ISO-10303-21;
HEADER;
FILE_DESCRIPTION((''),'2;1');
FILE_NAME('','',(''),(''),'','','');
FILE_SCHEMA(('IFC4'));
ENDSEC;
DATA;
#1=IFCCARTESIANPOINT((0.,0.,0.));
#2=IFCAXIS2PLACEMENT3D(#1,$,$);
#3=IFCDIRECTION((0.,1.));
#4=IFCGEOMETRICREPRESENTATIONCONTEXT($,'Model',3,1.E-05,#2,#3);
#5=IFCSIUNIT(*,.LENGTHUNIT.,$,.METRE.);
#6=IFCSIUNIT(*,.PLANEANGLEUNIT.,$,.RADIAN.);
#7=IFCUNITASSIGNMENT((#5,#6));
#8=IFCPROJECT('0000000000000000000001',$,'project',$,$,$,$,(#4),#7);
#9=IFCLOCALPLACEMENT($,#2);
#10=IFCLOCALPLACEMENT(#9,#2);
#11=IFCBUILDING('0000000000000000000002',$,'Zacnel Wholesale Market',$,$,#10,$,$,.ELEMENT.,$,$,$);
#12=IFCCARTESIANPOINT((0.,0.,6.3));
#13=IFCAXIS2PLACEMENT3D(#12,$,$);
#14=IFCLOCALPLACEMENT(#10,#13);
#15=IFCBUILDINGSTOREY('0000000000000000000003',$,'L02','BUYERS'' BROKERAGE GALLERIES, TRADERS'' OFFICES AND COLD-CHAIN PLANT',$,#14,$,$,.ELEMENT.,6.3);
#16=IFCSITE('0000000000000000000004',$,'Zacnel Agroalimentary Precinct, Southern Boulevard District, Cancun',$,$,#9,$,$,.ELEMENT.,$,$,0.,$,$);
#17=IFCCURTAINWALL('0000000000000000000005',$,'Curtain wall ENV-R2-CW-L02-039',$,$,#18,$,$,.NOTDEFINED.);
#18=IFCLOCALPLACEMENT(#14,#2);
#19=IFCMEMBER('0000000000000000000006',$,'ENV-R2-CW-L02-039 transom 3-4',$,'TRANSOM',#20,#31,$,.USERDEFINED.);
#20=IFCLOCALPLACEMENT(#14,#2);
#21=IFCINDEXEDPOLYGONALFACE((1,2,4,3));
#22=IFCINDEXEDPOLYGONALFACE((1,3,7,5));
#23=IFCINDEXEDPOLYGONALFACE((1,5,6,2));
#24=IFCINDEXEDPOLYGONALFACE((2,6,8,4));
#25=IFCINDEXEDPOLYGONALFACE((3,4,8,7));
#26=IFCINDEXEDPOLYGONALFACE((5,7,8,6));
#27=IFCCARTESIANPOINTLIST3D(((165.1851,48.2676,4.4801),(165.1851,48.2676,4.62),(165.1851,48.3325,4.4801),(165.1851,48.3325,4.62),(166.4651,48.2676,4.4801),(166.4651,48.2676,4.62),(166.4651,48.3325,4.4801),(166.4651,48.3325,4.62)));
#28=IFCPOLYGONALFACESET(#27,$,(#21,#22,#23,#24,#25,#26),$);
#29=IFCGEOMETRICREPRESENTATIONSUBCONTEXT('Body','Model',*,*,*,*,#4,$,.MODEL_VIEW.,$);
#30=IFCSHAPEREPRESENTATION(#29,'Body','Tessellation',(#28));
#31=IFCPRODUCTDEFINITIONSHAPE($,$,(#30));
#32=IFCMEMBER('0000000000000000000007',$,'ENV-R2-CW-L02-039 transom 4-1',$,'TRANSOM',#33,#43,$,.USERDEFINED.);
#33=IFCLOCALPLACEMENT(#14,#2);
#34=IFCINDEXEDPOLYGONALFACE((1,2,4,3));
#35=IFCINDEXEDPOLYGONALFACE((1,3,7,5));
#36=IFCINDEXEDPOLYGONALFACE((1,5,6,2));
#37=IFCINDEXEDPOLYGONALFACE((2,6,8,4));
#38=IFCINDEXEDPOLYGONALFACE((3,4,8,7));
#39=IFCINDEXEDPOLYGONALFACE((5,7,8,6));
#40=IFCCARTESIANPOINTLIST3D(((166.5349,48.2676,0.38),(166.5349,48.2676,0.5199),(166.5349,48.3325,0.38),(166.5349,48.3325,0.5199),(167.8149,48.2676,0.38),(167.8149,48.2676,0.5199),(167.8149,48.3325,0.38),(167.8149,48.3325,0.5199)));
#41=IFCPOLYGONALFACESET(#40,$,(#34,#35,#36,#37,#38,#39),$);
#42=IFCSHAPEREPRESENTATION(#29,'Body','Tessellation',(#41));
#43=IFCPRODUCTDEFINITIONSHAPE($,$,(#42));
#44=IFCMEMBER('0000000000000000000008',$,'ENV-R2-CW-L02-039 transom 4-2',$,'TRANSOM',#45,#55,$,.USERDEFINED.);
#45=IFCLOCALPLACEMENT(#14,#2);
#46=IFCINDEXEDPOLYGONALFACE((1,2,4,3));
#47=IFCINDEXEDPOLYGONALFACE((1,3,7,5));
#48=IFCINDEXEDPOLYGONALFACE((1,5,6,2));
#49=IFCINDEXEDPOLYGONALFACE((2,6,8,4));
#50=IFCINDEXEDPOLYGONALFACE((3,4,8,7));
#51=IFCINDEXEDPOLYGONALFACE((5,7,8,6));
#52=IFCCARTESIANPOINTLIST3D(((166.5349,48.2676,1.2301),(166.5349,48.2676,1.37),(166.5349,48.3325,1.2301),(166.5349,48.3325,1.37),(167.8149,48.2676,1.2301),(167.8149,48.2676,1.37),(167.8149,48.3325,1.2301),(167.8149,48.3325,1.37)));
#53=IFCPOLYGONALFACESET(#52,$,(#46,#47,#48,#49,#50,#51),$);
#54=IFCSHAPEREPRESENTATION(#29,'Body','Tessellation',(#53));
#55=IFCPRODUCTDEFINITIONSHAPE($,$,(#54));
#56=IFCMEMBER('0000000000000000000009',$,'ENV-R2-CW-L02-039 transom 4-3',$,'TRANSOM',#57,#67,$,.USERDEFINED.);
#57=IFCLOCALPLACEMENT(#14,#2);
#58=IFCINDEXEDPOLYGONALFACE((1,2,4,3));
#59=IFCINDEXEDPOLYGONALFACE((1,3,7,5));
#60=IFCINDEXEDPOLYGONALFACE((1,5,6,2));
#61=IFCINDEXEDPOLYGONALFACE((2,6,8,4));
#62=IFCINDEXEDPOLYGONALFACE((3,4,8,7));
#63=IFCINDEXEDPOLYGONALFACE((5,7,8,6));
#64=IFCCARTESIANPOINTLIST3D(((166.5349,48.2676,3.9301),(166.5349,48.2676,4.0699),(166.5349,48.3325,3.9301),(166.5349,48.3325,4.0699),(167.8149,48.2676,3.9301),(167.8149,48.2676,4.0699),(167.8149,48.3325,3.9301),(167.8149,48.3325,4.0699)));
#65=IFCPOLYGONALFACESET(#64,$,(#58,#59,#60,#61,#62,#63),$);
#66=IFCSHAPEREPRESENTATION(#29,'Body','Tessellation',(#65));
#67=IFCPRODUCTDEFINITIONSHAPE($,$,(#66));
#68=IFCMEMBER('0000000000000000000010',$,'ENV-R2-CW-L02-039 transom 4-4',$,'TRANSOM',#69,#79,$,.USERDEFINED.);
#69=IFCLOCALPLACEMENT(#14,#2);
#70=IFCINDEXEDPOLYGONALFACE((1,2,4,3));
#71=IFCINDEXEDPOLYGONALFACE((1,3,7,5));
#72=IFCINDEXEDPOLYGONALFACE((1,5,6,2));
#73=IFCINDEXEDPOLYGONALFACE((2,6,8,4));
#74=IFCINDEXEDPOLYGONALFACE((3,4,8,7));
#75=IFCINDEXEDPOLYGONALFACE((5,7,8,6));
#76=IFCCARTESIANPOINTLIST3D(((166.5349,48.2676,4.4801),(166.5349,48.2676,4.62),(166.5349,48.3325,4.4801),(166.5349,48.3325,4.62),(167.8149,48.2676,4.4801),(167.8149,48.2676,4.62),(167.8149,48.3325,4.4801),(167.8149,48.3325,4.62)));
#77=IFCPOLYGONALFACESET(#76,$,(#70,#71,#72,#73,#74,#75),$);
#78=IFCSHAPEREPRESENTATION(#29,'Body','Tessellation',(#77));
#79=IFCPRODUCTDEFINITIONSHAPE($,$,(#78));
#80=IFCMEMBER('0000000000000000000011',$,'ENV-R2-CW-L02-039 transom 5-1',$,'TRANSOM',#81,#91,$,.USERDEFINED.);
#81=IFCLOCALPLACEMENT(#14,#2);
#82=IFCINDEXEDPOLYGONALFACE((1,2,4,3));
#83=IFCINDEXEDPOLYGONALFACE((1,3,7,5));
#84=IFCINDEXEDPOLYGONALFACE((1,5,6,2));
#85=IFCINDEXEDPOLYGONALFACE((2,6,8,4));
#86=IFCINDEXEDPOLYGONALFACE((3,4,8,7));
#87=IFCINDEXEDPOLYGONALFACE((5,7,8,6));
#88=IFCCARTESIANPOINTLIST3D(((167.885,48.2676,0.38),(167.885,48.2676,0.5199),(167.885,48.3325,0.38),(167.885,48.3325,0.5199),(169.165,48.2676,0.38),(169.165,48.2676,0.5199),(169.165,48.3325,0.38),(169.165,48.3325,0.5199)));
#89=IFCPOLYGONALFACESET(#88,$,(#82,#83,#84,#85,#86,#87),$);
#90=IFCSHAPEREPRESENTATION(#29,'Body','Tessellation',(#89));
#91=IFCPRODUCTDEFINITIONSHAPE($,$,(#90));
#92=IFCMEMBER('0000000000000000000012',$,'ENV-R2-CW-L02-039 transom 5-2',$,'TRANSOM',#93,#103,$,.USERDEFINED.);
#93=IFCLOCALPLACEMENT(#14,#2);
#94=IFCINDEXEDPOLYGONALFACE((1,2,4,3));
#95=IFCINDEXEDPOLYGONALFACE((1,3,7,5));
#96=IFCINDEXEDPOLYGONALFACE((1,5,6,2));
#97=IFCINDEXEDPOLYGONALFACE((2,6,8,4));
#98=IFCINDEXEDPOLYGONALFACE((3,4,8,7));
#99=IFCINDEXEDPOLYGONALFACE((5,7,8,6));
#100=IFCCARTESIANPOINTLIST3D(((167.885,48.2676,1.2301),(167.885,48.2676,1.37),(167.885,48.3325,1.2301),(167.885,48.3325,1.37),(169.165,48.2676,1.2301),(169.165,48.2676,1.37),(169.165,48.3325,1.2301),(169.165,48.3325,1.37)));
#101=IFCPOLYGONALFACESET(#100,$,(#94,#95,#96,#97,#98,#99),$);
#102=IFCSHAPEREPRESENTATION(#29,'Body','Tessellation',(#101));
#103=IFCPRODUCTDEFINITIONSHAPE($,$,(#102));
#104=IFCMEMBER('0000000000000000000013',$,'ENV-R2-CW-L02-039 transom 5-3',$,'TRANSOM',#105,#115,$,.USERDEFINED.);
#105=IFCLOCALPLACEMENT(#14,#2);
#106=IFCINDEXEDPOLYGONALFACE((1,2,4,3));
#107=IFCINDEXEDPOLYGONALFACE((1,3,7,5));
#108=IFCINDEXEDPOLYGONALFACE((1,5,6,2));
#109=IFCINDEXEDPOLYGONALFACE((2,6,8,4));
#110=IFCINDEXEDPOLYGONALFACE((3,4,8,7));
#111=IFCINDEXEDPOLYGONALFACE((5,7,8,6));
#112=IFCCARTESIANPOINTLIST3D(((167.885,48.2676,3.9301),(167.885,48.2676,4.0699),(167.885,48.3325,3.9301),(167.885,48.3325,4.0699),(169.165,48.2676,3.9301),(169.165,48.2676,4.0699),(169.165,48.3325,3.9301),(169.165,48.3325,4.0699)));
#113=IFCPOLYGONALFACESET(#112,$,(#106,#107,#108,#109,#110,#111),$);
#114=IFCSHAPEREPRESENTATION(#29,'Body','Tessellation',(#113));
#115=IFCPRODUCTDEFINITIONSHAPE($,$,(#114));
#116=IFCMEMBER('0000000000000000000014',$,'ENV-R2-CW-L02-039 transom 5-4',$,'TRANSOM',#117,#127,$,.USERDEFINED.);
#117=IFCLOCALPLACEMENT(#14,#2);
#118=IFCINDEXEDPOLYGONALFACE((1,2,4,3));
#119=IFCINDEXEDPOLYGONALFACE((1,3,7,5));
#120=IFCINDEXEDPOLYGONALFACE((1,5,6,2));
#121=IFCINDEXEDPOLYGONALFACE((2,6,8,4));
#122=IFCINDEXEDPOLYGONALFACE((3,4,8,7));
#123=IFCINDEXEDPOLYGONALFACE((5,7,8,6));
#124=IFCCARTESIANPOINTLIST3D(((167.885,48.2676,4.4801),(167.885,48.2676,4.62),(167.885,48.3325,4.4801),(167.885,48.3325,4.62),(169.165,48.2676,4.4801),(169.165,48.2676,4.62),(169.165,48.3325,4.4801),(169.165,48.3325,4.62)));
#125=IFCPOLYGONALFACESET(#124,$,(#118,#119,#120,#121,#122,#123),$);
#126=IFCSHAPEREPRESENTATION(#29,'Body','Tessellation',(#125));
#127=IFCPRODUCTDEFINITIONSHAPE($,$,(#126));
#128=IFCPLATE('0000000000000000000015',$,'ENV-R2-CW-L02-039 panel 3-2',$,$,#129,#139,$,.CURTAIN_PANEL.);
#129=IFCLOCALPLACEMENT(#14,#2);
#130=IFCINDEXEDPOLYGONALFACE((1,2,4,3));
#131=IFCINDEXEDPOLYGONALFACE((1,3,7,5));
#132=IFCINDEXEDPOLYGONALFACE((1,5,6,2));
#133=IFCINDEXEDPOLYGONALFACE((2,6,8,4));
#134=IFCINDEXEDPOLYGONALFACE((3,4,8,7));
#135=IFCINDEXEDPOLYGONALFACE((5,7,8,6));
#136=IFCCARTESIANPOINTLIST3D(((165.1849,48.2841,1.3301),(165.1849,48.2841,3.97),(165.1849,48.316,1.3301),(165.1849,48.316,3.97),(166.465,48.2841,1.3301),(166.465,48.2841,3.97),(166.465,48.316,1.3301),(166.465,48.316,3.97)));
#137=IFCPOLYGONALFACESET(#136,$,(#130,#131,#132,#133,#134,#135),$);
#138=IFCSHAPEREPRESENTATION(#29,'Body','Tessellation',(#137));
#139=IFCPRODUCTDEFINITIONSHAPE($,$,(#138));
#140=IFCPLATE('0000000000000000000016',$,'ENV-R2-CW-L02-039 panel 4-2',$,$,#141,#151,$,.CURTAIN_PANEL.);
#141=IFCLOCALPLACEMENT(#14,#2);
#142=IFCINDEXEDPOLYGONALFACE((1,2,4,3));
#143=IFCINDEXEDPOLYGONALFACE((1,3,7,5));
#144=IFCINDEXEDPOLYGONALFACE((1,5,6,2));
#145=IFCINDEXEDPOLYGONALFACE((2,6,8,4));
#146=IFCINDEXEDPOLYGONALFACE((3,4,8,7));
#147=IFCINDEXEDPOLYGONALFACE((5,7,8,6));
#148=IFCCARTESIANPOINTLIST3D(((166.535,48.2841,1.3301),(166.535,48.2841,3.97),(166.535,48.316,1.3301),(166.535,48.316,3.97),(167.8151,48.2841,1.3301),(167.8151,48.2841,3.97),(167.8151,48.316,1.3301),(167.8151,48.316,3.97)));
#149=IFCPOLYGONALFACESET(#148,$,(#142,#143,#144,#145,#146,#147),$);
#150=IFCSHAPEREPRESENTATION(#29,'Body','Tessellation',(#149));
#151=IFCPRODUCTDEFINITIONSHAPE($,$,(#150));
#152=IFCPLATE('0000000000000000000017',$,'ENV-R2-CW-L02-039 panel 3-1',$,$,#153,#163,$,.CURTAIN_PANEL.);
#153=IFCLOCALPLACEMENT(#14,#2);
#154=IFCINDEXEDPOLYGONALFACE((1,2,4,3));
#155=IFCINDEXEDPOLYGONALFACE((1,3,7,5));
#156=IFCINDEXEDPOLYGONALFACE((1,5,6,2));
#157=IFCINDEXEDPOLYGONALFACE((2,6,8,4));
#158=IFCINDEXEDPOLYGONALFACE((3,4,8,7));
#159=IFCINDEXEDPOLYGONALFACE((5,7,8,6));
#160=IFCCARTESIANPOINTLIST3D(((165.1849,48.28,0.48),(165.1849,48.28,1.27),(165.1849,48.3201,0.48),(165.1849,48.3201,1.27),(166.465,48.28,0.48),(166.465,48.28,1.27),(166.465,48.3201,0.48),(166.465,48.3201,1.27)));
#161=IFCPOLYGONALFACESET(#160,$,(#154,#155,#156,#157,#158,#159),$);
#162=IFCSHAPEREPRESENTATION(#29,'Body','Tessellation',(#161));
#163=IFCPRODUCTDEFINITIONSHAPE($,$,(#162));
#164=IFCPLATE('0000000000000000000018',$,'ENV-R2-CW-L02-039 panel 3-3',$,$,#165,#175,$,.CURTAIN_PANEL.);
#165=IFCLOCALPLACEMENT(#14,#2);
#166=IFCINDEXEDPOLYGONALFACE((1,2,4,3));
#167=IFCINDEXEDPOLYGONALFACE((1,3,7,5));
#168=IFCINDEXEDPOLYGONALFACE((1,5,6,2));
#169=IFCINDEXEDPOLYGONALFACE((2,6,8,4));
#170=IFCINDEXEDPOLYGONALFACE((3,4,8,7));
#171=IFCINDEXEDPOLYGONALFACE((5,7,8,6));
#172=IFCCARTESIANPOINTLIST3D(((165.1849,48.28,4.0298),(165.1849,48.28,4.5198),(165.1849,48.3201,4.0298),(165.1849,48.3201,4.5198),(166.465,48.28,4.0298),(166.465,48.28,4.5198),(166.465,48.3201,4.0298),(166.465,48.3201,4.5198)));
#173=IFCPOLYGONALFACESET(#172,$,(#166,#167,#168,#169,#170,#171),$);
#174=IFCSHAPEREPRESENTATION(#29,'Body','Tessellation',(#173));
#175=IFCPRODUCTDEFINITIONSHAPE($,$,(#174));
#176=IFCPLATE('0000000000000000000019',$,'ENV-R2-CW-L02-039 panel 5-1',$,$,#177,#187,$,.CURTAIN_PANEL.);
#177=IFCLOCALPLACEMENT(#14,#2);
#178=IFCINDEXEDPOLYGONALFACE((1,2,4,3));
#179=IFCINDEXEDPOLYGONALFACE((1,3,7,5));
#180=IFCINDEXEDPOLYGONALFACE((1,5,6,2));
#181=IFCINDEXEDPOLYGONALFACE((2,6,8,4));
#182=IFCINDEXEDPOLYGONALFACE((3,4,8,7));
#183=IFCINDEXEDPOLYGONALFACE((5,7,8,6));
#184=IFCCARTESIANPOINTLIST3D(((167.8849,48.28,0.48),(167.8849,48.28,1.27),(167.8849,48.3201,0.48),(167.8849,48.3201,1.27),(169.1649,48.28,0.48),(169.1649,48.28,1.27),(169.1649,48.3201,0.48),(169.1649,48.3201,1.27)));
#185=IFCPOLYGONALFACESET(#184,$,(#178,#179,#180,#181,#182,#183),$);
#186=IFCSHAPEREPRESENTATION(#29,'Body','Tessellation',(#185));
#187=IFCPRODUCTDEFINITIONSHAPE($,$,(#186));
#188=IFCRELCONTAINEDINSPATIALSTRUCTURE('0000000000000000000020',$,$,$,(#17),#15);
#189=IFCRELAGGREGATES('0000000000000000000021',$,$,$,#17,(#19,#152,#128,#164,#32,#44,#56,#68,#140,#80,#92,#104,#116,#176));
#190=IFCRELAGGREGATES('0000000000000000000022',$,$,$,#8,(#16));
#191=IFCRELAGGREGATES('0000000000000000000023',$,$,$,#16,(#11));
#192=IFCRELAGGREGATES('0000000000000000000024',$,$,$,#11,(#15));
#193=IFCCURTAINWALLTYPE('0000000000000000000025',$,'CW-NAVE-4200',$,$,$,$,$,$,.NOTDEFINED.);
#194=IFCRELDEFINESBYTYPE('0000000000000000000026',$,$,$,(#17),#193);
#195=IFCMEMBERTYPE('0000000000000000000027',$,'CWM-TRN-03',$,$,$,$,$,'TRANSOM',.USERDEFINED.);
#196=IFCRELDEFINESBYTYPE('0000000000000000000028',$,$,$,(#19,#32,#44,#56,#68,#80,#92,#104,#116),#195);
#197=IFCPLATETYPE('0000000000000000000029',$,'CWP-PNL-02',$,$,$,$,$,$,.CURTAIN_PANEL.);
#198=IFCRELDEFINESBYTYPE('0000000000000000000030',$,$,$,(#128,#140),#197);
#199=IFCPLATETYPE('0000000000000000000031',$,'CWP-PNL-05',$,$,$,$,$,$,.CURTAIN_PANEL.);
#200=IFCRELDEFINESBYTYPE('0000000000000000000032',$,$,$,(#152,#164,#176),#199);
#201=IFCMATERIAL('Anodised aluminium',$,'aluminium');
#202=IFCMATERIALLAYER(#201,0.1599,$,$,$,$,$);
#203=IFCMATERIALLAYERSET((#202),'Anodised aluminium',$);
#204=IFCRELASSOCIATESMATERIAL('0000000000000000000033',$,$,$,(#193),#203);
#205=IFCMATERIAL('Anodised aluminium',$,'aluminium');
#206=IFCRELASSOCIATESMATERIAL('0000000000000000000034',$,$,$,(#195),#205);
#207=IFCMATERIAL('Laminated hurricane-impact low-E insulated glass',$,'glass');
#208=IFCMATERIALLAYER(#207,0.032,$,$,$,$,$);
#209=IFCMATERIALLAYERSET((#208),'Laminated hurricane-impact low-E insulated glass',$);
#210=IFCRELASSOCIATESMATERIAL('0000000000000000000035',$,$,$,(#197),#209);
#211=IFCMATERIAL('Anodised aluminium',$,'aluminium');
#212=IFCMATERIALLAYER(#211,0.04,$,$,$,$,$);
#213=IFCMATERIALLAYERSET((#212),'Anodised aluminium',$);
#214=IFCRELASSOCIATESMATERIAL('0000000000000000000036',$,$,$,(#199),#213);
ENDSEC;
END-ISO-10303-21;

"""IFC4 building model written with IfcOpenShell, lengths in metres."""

from ifc_helpers import new_model, si_unit, direction, frame, origin, origin_2d, place, context, subcontext, project, spatial, rectangle, extrude, material, layer, layer_set, material_profile, profile_set, type_object, element, aggregate, save


model = new_model("IFC4")

# Units and contexts
model_context = context("Model", 3, precision=1e-05, world=origin(), true_north=direction((0.0, 1.0)))
body_context = subcontext(model_context, "Body", "Model", "MODEL_VIEW")
ifc_project = project(units=[si_unit("LENGTHUNIT", "METRE"), si_unit("PLANEANGLEUNIT", "RADIAN")], contexts=[model_context])

# Site, building, storey
site_placement = place(None, origin())
site = spatial("IfcSite", under=ifc_project, at=site_placement, Name="Zacnel Agroalimentary Precinct, Southern Boulevard District, Cancun", CompositionType="ELEMENT", RefElevation=0.0)
building_placement = place(site_placement, origin())
building = spatial("IfcBuilding", under=site, at=building_placement, Name="Zacnel Wholesale Market", CompositionType="ELEMENT")
storey_placement = place(building_placement, frame((0.0, 0.0, 6.3)))
storey = spatial("IfcBuildingStorey", under=building, at=storey_placement, Name="L02", Description="BUYERS' BROKERAGE GALLERIES, TRADERS' OFFICES AND COLD-CHAIN PLANT", CompositionType="ELEMENT", Elevation=6.3)

# Curtain wall, members, plates
ifc_material_1 = material(Name="Anodised aluminium", Category="aluminium")
ifc_layer_1 = layer(ifc_material_1, 0.1599)
ifc_layer_set_1 = layer_set([ifc_layer_1], Name="Anodised aluminium")
curtain_wall_type = type_object("IfcCurtainWallType", Name="CW-NAVE-4200", PredefinedType="NOTDEFINED", material=ifc_layer_set_1)
curtain_wall_placement = place(storey_placement, origin())
curtain_wall = element("IfcCurtainWall", 1, at=curtain_wall_placement, inside=storey, type_object=curtain_wall_type, Name="Curtain wall ENV-R2-CW-L02-039", PredefinedType="NOTDEFINED")
ifc_material_2 = material(Name="Anodised aluminium", Category="aluminium")
ifc_material_profile_1 = material_profile(ifc_material_2, rectangle(XDim=0.0649, YDim=0.1399, at=origin_2d()), Name="AW-TRANSOM 65x140")
ifc_profile_set_1 = profile_set([ifc_material_profile_1], Name="Anodised aluminium")
member_type_1 = type_object("IfcMemberType", Name="CWM-TRN-03", ElementType="TRANSOM", PredefinedType="USERDEFINED", material=ifc_profile_set_1)
member_1_placement = place(storey_placement, frame((165.1851, 48.3, 4.55), z_axis=(1.0, 0.0, 0.0), x_axis=(0.0, 1.0, 0.0)))
member_1 = element("IfcMember", 2, at=member_1_placement, type_object=member_type_1, Name="ENV-R2-CW-L02-039 transom 3-4", ObjectType="TRANSOM", PredefinedType="USERDEFINED", context=body_context, shape_type="SweptSolid", body=[
    extrude(rectangle(XDim=0.0649, YDim=0.1399, at=origin_2d()), origin(), (0.0, 0.0, 1.0), 1.28),
])
member_2_placement = place(storey_placement, frame((166.5349, 48.3, 0.45), z_axis=(1.0, 0.0, 0.0), x_axis=(0.0, 1.0, 0.0)))
member_2 = element("IfcMember", 3, at=member_2_placement, type_object=member_type_1, Name="ENV-R2-CW-L02-039 transom 4-1", ObjectType="TRANSOM", PredefinedType="USERDEFINED", context=body_context, shape_type="SweptSolid", body=[
    extrude(rectangle(XDim=0.0649, YDim=0.1399, at=origin_2d()), origin(), (0.0, 0.0, 1.0), 1.28),
])
member_3_placement = place(storey_placement, frame((166.5349, 48.3, 1.3), z_axis=(1.0, 0.0, 0.0), x_axis=(0.0, 1.0, 0.0)))
member_3 = element("IfcMember", 4, at=member_3_placement, type_object=member_type_1, Name="ENV-R2-CW-L02-039 transom 4-2", ObjectType="TRANSOM", PredefinedType="USERDEFINED", context=body_context, shape_type="SweptSolid", body=[
    extrude(rectangle(XDim=0.0649, YDim=0.1399, at=origin_2d()), origin(), (0.0, 0.0, 1.0), 1.28),
])
member_4_placement = place(storey_placement, frame((166.5349, 48.3, 4.0), z_axis=(1.0, 0.0, 0.0), x_axis=(0.0, 1.0, 0.0)))
member_4 = element("IfcMember", 5, at=member_4_placement, type_object=member_type_1, Name="ENV-R2-CW-L02-039 transom 4-3", ObjectType="TRANSOM", PredefinedType="USERDEFINED", context=body_context, shape_type="SweptSolid", body=[
    extrude(rectangle(XDim=0.0649, YDim=0.1399, at=origin_2d()), origin(), (0.0, 0.0, 1.0), 1.28),
])
member_5_placement = place(storey_placement, frame((166.5349, 48.3, 4.55), z_axis=(1.0, 0.0, 0.0), x_axis=(0.0, 1.0, 0.0)))
member_5 = element("IfcMember", 6, at=member_5_placement, type_object=member_type_1, Name="ENV-R2-CW-L02-039 transom 4-4", ObjectType="TRANSOM", PredefinedType="USERDEFINED", context=body_context, shape_type="SweptSolid", body=[
    extrude(rectangle(XDim=0.0649, YDim=0.1399, at=origin_2d()), origin(), (0.0, 0.0, 1.0), 1.28),
])
member_6_placement = place(storey_placement, frame((167.885, 48.3, 0.45), z_axis=(1.0, 0.0, 0.0), x_axis=(0.0, 1.0, 0.0)))
member_6 = element("IfcMember", 7, at=member_6_placement, type_object=member_type_1, Name="ENV-R2-CW-L02-039 transom 5-1", ObjectType="TRANSOM", PredefinedType="USERDEFINED", context=body_context, shape_type="SweptSolid", body=[
    extrude(rectangle(XDim=0.0649, YDim=0.1399, at=origin_2d()), origin(), (0.0, 0.0, 1.0), 1.28),
])
member_7_placement = place(storey_placement, frame((167.885, 48.3, 1.3), z_axis=(1.0, 0.0, 0.0), x_axis=(0.0, 1.0, 0.0)))
member_7 = element("IfcMember", 8, at=member_7_placement, type_object=member_type_1, Name="ENV-R2-CW-L02-039 transom 5-2", ObjectType="TRANSOM", PredefinedType="USERDEFINED", context=body_context, shape_type="SweptSolid", body=[
    extrude(rectangle(XDim=0.0649, YDim=0.1399, at=origin_2d()), origin(), (0.0, 0.0, 1.0), 1.28),
])
member_8_placement = place(storey_placement, frame((167.885, 48.3, 4.0), z_axis=(1.0, 0.0, 0.0), x_axis=(0.0, 1.0, 0.0)))
member_8 = element("IfcMember", 9, at=member_8_placement, type_object=member_type_1, Name="ENV-R2-CW-L02-039 transom 5-3", ObjectType="TRANSOM", PredefinedType="USERDEFINED", context=body_context, shape_type="SweptSolid", body=[
    extrude(rectangle(XDim=0.0649, YDim=0.1399, at=origin_2d()), origin(), (0.0, 0.0, 1.0), 1.28),
])
member_9_placement = place(storey_placement, frame((167.885, 48.3, 4.55), z_axis=(1.0, 0.0, 0.0), x_axis=(0.0, 1.0, 0.0)))
member_9 = element("IfcMember", 10, at=member_9_placement, type_object=member_type_1, Name="ENV-R2-CW-L02-039 transom 5-4", ObjectType="TRANSOM", PredefinedType="USERDEFINED", context=body_context, shape_type="SweptSolid", body=[
    extrude(rectangle(XDim=0.0649, YDim=0.1399, at=origin_2d()), origin(), (0.0, 0.0, 1.0), 1.28),
])
ifc_material_3 = material(Name="Laminated hurricane-impact low-E insulated glass", Category="glass")
ifc_layer_2 = layer(ifc_material_3, 0.032)
ifc_layer_set_2 = layer_set([ifc_layer_2], Name="Laminated hurricane-impact low-E insulated glass")
plate_type_1 = type_object("IfcPlateType", Name="CWP-PNL-02", PredefinedType="CURTAIN_PANEL", material=ifc_layer_set_2)
plate_1_placement = place(storey_placement, frame((165.825, 48.3, 1.3301), z_axis=(0.0, 0.0, 1.0), x_axis=(1.0, 0.0, 0.0)))
plate_1 = element("IfcPlate", 11, at=plate_1_placement, type_object=plate_type_1, Name="ENV-R2-CW-L02-039 panel 3-2", PredefinedType="CURTAIN_PANEL", context=body_context, shape_type="SweptSolid", body=[
    extrude(rectangle(XDim=1.28, YDim=0.032, at=origin_2d()), origin(), (0.0, 0.0, 1.0), 2.6399),
])
plate_2_placement = place(storey_placement, frame((167.175, 48.3, 1.3301), z_axis=(0.0, 0.0, 1.0), x_axis=(1.0, 0.0, 0.0)))
plate_2 = element("IfcPlate", 12, at=plate_2_placement, type_object=plate_type_1, Name="ENV-R2-CW-L02-039 panel 4-2", PredefinedType="CURTAIN_PANEL", context=body_context, shape_type="SweptSolid", body=[
    extrude(rectangle(XDim=1.28, YDim=0.032, at=origin_2d()), origin(), (0.0, 0.0, 1.0), 2.6399),
])
ifc_material_4 = material(Name="Anodised aluminium", Category="aluminium")
ifc_layer_3 = layer(ifc_material_4, 0.04)
ifc_layer_set_3 = layer_set([ifc_layer_3], Name="Anodised aluminium")
plate_type_2 = type_object("IfcPlateType", Name="CWP-PNL-05", PredefinedType="CURTAIN_PANEL", material=ifc_layer_set_3)
plate_3_placement = place(storey_placement, frame((165.825, 48.3, 0.48), z_axis=(0.0, 0.0, 1.0), x_axis=(1.0, 0.0, 0.0)))
plate_3 = element("IfcPlate", 13, at=plate_3_placement, type_object=plate_type_2, Name="ENV-R2-CW-L02-039 panel 3-1", PredefinedType="CURTAIN_PANEL", context=body_context, shape_type="SweptSolid", body=[
    extrude(rectangle(XDim=1.28, YDim=0.04, at=origin_2d()), origin(), (0.0, 0.0, 1.0), 0.79),
])
plate_4_placement = place(storey_placement, frame((165.825, 48.3, 4.0298), z_axis=(0.0, 0.0, 1.0), x_axis=(1.0, 0.0, 0.0)))
plate_4 = element("IfcPlate", 14, at=plate_4_placement, type_object=plate_type_2, Name="ENV-R2-CW-L02-039 panel 3-3", PredefinedType="CURTAIN_PANEL", context=body_context, shape_type="SweptSolid", body=[
    extrude(rectangle(XDim=1.28, YDim=0.04, at=origin_2d()), origin(), (0.0, 0.0, 1.0), 0.49),
])
plate_5_placement = place(storey_placement, frame((168.5249, 48.3, 0.48), z_axis=(0.0, 0.0, 1.0), x_axis=(1.0, 0.0, 0.0)))
plate_5 = element("IfcPlate", 15, at=plate_5_placement, type_object=plate_type_2, Name="ENV-R2-CW-L02-039 panel 5-1", PredefinedType="CURTAIN_PANEL", context=body_context, shape_type="SweptSolid", body=[
    extrude(rectangle(XDim=1.28, YDim=0.04, at=origin_2d()), origin(), (0.0, 0.0, 1.0), 0.79),
])
aggregate(curtain_wall, [member_1, plate_3, plate_1, plate_4, member_2, member_3, member_4, member_5, plate_2, member_6, member_7, member_8, member_9, plate_5])

save(model, "model.ifc")
